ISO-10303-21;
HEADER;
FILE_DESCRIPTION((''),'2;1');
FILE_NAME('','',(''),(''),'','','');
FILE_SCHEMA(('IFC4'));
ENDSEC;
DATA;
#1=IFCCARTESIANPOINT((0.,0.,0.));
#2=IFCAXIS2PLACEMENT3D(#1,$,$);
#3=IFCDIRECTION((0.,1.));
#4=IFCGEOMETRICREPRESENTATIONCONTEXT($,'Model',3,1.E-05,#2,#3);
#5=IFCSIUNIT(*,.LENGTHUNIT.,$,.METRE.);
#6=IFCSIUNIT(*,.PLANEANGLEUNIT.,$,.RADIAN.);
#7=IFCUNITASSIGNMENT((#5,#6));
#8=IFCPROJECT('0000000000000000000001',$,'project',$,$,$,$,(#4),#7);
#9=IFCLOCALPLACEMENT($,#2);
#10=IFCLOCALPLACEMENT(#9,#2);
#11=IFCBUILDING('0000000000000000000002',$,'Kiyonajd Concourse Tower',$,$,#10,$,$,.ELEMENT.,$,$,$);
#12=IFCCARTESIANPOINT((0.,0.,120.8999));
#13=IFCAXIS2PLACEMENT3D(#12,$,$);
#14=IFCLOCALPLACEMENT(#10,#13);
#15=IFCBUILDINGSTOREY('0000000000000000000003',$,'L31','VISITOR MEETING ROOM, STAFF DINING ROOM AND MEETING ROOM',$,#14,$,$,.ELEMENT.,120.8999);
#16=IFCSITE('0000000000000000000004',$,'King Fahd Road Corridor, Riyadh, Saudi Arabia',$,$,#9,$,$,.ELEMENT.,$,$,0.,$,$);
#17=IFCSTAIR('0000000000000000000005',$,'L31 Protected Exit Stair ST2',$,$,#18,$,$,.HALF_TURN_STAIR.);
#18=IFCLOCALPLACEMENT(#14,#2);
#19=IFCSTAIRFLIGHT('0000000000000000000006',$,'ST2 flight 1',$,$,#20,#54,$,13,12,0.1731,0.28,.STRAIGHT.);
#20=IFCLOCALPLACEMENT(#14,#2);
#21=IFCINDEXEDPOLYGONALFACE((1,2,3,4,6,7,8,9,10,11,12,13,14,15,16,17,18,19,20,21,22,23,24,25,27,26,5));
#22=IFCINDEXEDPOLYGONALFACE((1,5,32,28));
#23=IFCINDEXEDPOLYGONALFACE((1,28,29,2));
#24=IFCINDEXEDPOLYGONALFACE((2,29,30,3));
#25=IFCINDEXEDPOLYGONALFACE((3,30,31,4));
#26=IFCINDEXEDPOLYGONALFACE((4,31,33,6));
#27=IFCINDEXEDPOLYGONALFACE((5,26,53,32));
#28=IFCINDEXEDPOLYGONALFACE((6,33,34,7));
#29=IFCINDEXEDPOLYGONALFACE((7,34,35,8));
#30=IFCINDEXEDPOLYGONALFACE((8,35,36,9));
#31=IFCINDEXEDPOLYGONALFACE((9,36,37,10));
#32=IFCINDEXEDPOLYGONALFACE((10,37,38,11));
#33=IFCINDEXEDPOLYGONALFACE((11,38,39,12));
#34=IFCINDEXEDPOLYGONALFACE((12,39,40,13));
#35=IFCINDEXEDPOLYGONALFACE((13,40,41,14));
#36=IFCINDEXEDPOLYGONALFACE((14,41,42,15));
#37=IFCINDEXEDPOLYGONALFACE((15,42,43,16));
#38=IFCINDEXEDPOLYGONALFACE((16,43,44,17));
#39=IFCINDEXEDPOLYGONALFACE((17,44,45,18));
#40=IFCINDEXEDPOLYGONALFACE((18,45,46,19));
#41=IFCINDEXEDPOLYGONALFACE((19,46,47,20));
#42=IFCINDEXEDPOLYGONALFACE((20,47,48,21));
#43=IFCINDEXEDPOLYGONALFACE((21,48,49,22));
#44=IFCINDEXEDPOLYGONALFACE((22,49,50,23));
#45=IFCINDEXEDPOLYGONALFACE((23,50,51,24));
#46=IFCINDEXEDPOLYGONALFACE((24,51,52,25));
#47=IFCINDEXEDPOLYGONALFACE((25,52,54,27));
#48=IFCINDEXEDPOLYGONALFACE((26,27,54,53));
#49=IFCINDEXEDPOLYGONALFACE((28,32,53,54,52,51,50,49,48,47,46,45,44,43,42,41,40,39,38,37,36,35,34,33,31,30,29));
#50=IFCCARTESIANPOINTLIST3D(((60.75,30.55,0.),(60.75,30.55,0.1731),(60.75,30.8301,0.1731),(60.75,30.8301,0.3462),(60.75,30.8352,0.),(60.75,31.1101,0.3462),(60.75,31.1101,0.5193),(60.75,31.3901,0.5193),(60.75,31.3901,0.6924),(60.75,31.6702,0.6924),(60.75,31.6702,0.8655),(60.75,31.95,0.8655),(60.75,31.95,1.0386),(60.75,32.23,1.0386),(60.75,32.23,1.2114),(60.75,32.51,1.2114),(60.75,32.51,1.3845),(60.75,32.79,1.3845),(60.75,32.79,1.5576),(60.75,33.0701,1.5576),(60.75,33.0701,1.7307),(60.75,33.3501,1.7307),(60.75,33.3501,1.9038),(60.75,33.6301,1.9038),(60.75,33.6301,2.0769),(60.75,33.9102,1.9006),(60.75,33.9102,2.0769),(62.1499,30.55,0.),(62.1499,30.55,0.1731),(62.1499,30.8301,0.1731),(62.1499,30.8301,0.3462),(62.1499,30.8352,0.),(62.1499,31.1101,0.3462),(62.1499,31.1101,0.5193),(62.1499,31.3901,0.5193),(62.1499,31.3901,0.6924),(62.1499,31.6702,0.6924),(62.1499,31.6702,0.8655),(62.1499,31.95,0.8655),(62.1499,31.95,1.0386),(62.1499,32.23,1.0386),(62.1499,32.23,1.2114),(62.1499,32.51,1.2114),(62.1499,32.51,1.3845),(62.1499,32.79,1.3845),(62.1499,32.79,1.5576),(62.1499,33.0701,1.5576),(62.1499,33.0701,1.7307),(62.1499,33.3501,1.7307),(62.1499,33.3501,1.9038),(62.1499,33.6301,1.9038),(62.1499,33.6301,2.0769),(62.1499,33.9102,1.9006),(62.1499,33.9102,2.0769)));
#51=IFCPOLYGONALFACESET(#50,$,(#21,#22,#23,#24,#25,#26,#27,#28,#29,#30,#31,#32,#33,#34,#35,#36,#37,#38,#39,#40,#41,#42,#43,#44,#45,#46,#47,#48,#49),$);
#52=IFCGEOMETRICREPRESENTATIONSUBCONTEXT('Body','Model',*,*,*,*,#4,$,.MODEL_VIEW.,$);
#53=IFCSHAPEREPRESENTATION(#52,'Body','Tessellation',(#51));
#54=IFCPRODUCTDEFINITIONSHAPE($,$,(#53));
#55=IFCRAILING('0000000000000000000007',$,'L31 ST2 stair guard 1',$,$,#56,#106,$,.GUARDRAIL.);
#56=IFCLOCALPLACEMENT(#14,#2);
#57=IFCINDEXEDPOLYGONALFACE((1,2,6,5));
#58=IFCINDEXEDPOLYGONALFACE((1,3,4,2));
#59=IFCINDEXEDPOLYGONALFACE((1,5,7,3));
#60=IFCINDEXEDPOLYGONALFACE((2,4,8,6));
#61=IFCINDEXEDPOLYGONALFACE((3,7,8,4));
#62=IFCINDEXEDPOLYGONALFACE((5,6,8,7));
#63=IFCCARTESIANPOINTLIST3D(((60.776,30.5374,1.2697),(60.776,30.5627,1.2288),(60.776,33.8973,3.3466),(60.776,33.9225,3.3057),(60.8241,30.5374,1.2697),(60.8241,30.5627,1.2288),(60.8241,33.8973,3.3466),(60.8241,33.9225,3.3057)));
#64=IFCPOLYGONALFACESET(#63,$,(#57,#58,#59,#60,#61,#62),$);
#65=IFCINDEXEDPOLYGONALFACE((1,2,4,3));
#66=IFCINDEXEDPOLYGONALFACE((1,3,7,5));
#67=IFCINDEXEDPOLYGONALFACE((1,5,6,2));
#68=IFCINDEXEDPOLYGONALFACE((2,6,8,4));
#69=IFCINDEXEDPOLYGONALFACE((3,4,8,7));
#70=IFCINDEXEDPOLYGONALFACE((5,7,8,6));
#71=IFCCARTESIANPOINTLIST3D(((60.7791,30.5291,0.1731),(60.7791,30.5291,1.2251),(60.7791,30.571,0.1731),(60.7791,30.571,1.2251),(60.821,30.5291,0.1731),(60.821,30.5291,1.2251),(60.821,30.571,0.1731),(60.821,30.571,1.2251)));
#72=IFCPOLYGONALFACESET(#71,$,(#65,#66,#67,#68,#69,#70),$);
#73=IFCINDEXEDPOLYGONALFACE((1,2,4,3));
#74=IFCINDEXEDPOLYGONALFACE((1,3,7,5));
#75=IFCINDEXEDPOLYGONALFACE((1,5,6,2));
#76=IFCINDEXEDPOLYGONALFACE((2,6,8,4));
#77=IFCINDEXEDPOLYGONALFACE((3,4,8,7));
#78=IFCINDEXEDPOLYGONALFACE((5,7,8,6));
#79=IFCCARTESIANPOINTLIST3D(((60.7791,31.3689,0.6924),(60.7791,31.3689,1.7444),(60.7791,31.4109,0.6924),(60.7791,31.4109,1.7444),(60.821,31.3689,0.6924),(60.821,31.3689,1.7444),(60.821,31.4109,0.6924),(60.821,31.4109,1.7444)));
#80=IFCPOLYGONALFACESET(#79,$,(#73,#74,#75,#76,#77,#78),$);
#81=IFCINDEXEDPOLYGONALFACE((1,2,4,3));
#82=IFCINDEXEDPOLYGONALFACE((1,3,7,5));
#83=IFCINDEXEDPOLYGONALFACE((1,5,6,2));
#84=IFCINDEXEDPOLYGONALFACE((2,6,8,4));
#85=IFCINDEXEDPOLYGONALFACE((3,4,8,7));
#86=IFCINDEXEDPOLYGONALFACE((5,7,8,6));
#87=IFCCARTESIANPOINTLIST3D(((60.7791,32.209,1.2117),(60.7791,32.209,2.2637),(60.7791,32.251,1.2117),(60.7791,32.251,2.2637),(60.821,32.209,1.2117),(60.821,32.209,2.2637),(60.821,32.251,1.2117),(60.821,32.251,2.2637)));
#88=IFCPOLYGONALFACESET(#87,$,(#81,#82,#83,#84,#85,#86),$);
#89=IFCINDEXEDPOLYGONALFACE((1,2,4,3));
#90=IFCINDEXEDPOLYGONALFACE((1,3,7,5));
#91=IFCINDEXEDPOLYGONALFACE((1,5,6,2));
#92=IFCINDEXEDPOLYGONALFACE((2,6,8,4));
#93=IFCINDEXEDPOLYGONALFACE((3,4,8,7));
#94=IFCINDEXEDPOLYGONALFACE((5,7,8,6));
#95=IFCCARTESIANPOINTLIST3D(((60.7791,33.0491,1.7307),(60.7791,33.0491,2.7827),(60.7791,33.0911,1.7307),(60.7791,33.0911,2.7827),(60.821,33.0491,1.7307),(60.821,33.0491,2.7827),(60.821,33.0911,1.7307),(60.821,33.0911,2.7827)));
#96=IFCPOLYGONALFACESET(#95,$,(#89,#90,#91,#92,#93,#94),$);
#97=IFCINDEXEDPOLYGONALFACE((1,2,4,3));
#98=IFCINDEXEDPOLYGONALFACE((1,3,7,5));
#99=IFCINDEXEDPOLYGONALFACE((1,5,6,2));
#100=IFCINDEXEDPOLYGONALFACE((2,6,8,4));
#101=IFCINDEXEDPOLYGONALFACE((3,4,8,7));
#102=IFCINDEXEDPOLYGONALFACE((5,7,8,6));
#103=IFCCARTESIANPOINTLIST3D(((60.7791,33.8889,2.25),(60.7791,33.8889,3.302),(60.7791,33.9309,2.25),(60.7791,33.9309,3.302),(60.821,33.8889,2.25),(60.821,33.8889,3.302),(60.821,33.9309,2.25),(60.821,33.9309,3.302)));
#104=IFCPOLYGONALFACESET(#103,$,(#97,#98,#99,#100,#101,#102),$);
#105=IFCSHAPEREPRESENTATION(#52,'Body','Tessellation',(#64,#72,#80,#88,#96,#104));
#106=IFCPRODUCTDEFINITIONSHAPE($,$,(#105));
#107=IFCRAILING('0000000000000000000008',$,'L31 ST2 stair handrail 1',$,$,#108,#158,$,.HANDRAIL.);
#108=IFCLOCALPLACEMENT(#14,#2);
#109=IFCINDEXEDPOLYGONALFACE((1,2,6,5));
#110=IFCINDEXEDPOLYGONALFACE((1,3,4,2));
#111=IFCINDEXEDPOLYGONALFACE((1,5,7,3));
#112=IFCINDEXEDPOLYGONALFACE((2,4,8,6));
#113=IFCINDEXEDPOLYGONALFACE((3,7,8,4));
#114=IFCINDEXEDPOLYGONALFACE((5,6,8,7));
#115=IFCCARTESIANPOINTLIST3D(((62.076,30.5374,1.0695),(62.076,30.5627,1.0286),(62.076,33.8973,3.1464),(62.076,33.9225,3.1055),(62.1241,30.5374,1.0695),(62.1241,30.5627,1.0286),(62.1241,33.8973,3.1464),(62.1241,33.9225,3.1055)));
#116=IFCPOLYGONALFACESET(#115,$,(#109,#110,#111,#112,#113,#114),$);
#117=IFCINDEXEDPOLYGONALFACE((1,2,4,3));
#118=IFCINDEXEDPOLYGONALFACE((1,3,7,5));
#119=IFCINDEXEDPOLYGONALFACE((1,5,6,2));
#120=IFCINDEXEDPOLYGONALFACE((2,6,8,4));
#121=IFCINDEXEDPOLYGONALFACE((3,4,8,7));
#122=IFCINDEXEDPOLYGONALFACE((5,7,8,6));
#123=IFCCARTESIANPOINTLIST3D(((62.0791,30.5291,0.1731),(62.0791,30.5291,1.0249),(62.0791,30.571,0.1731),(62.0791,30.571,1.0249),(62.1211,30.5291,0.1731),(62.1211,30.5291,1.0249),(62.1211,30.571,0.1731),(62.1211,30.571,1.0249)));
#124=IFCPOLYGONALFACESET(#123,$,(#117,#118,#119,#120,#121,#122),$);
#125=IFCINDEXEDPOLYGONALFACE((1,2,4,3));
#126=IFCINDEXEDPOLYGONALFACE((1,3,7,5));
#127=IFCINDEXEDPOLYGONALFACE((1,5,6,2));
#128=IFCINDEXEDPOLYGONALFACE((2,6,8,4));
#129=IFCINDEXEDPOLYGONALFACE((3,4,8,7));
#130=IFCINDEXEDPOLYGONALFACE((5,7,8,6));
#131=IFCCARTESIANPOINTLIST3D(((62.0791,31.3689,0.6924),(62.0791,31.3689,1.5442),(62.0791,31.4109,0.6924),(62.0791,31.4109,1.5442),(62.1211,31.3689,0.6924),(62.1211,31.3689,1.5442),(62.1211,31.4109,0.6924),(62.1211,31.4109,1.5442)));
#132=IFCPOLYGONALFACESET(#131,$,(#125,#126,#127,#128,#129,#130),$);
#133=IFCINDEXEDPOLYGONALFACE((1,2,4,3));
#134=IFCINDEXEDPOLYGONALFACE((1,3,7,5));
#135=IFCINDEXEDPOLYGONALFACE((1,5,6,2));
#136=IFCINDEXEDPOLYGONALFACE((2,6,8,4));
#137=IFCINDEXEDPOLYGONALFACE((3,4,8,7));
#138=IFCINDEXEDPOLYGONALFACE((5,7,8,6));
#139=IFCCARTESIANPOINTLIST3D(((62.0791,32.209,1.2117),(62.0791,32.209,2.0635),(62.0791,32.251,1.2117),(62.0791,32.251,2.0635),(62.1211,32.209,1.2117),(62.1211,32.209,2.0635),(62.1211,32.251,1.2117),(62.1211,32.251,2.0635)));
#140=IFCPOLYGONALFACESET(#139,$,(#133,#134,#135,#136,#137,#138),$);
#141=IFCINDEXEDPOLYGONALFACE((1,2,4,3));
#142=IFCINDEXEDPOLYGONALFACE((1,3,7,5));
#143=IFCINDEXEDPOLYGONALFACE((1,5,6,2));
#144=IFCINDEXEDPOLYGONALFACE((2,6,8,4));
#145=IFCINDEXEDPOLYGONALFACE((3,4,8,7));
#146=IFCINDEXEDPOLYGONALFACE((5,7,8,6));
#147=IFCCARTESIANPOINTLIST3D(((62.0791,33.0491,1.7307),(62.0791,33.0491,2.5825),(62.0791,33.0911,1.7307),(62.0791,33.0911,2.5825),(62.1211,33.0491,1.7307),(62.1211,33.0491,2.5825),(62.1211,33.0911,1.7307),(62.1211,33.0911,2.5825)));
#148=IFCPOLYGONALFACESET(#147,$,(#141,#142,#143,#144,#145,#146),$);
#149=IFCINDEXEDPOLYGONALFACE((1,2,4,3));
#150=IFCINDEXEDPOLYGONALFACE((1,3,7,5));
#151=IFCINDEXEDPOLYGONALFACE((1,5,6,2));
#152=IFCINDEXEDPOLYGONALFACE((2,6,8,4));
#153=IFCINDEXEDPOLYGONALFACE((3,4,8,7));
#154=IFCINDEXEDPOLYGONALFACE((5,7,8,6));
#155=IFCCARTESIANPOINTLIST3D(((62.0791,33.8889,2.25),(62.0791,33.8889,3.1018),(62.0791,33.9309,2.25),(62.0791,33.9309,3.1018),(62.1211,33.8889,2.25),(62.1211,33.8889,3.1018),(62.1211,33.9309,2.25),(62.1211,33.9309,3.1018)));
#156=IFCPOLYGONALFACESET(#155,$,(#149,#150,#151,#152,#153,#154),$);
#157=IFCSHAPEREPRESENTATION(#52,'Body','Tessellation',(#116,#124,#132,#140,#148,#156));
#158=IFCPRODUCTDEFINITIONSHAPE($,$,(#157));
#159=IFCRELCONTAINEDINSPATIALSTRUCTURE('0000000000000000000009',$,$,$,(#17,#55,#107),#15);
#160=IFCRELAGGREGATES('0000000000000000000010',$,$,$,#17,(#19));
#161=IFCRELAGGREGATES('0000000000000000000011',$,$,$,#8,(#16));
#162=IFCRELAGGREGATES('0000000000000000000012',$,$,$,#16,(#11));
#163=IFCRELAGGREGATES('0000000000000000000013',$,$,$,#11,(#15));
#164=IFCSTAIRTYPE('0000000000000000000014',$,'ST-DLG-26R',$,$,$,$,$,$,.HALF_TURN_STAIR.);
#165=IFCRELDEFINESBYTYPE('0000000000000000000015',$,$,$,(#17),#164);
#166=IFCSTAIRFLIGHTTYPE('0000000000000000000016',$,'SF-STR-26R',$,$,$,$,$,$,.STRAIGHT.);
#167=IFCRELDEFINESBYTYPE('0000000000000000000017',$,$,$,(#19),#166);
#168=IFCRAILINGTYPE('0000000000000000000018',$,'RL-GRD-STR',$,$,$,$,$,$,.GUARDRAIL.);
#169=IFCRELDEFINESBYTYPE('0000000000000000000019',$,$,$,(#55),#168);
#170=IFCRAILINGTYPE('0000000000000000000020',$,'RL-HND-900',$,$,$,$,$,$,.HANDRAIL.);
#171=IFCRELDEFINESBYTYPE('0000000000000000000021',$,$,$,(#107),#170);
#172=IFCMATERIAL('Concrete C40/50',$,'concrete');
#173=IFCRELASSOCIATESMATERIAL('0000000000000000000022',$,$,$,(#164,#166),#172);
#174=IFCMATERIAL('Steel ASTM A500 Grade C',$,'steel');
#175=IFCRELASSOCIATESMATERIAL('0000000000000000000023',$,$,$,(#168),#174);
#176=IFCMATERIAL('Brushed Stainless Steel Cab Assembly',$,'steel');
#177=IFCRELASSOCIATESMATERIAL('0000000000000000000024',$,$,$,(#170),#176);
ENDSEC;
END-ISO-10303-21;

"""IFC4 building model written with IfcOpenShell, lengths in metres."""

from ifc_helpers import new_model, si_unit, direction, frame, origin, origin_2d, place, context, subcontext, project, spatial, polyline, rectangle, outline, extrude, material, type_object, element, aggregate, save


model = new_model("IFC4")

# Units and contexts
model_context = context("Model", 3, precision=1e-05, world=origin(), true_north=direction((0.0, 1.0)))
body_context = subcontext(model_context, "Body", "Model", "MODEL_VIEW")
ifc_project = project(units=[si_unit("LENGTHUNIT", "METRE"), si_unit("PLANEANGLEUNIT", "RADIAN")], contexts=[model_context])

# Site, building, storey
site_placement = place(None, origin())
site = spatial("IfcSite", under=ifc_project, at=site_placement, Name="King Fahd Road Corridor, Riyadh, Saudi Arabia", CompositionType="ELEMENT", RefElevation=0.0)
building_placement = place(site_placement, origin())
building = spatial("IfcBuilding", under=site, at=building_placement, Name="Kiyonajd Concourse Tower", CompositionType="ELEMENT")
storey_placement = place(building_placement, frame((0.0, 0.0, 120.8999)))
storey = spatial("IfcBuildingStorey", under=building, at=storey_placement, Name="L31", Description="VISITOR MEETING ROOM, STAFF DINING ROOM AND MEETING ROOM", CompositionType="ELEMENT", Elevation=120.8999)

# Stair, stair flight
ifc_material_1 = material(Name="Concrete C40/50", Category="concrete")
stair_type = type_object("IfcStairType", Name="ST-DLG-26R", PredefinedType="HALF_TURN_STAIR", material=ifc_material_1)
stair_placement = place(storey_placement, origin())
stair = element("IfcStair", 1, at=stair_placement, inside=storey, type_object=stair_type, Name="L31 Protected Exit Stair ST2", PredefinedType="HALF_TURN_STAIR")
stair_flight_type = type_object("IfcStairFlightType", Name="SF-STR-26R", PredefinedType="STRAIGHT", material=ifc_material_1)
stair_flight_placement = place(storey_placement, frame((61.45, 30.55, 0.0), z_axis=(0.0, 0.0, 1.0), x_axis=(0.0, 1.0, 0.0)))
stair_flight = element("IfcStairFlight", 2, at=stair_flight_placement, type_object=stair_flight_type, Name="ST2 flight 1", NumberOfRisers=13, NumberOfTreads=12, PredefinedType="STRAIGHT", RiserHeight=0.1731, TreadLength=0.28, context=body_context, shape_type="SweptSolid", body=[
    extrude(outline(polyline([(0.0, 0.0), (0.0, 0.1731), (0.28, 0.1731), (0.28, 0.3462), (0.5601, 0.3462), (0.5601, 0.5193), (0.8401, 0.5193), (0.8401, 0.6924), (1.1201, 0.6924), (1.1201, 0.8655), (1.3999, 0.8655), (1.3999, 1.0386), (1.6799, 1.0386), (1.6799, 1.2114), (1.96, 1.2114), (1.96, 1.3845), (2.24, 1.3845), (2.24, 1.5576), (2.52, 1.5576), (2.52, 1.7307), (2.8, 1.7307), (2.8, 1.9038), (3.0801, 1.9038), (3.0801, 2.0769), (3.3601, 2.0769), (3.3601, 2.25), (3.3601, 1.9006), (0.2852, 0.0), (0.0, 0.0)])), frame((0.0, 0.7, 0.0), z_axis=(0.0, -1.0, 0.0), x_axis=(1.0, 0.0, 0.0)), (0.0, 0.0, 1.0), 1.3999),
])
aggregate(stair, [stair_flight])

# Railings
ifc_material_2 = material(Name="Steel ASTM A500 Grade C", Category="steel")
railing_type_1 = type_object("IfcRailingType", Name="RL-GRD-STR", PredefinedType="GUARDRAIL", material=ifc_material_2)
railing_1_placement = place(storey_placement, frame((60.8, 30.55, 0.1731)))
element("IfcRailing", 3, at=railing_1_placement, inside=storey, type_object=railing_type_1, Name="L31 ST2 stair guard 1", PredefinedType="GUARDRAIL", context=body_context, shape_type="SweptSolid", body=[
    extrude(rectangle(XDim=0.0481, YDim=0.0481, at=origin_2d()), frame((0.0, 0.0, 1.0762), z_axis=(0.0, 0.850606, 0.525803), x_axis=(-1.0, 0.0, 0.0)), (0.0, 0.0, 1.0), 3.95),
    extrude(rectangle(XDim=0.042, YDim=0.042, at=origin_2d()), origin(), (0.0, 0.0, 1.0), 1.052),
    extrude(rectangle(XDim=0.042, YDim=0.042, at=origin_2d()), frame((0.0, 0.8398, 0.5193)), (0.0, 0.0, 1.0), 1.052),
    extrude(rectangle(XDim=0.042, YDim=0.042, at=origin_2d()), frame((0.0, 1.6799, 1.0386)), (0.0, 0.0, 1.0), 1.052),
    extrude(rectangle(XDim=0.042, YDim=0.042, at=origin_2d()), frame((0.0, 2.52, 1.5576)), (0.0, 0.0, 1.0), 1.052),
    extrude(rectangle(XDim=0.042, YDim=0.042, at=origin_2d()), frame((0.0, 3.3599, 2.0769)), (0.0, 0.0, 1.0), 1.052),
])
ifc_material_3 = material(Name="Brushed Stainless Steel Cab Assembly", Category="steel")
railing_type_2 = type_object("IfcRailingType", Name="RL-HND-900", PredefinedType="HANDRAIL", material=ifc_material_3)
railing_2_placement = place(storey_placement, frame((62.1001, 30.55, 0.1731)))
element("IfcRailing", 4, at=railing_2_placement, inside=storey, type_object=railing_type_2, Name="L31 ST2 stair handrail 1", PredefinedType="HANDRAIL", context=body_context, shape_type="SweptSolid", body=[
    extrude(rectangle(XDim=0.0481, YDim=0.0481, at=origin_2d()), frame((0.0, 0.0, 0.876), z_axis=(0.0, 0.850606, 0.525803), x_axis=(-1.0, 0.0, 0.0)), (0.0, 0.0, 1.0), 3.95),
    extrude(rectangle(XDim=0.042, YDim=0.042, at=origin_2d()), origin(), (0.0, 0.0, 1.0), 0.8518),
    extrude(rectangle(XDim=0.042, YDim=0.042, at=origin_2d()), frame((0.0, 0.8398, 0.5193)), (0.0, 0.0, 1.0), 0.8518),
    extrude(rectangle(XDim=0.042, YDim=0.042, at=origin_2d()), frame((0.0, 1.6799, 1.0386)), (0.0, 0.0, 1.0), 0.8518),
    extrude(rectangle(XDim=0.042, YDim=0.042, at=origin_2d()), frame((0.0, 2.52, 1.5576)), (0.0, 0.0, 1.0), 0.8518),
    extrude(rectangle(XDim=0.042, YDim=0.042, at=origin_2d()), frame((0.0, 3.3599, 2.0769)), (0.0, 0.0, 1.0), 0.8518),
])

save(model, "model.ifc")
